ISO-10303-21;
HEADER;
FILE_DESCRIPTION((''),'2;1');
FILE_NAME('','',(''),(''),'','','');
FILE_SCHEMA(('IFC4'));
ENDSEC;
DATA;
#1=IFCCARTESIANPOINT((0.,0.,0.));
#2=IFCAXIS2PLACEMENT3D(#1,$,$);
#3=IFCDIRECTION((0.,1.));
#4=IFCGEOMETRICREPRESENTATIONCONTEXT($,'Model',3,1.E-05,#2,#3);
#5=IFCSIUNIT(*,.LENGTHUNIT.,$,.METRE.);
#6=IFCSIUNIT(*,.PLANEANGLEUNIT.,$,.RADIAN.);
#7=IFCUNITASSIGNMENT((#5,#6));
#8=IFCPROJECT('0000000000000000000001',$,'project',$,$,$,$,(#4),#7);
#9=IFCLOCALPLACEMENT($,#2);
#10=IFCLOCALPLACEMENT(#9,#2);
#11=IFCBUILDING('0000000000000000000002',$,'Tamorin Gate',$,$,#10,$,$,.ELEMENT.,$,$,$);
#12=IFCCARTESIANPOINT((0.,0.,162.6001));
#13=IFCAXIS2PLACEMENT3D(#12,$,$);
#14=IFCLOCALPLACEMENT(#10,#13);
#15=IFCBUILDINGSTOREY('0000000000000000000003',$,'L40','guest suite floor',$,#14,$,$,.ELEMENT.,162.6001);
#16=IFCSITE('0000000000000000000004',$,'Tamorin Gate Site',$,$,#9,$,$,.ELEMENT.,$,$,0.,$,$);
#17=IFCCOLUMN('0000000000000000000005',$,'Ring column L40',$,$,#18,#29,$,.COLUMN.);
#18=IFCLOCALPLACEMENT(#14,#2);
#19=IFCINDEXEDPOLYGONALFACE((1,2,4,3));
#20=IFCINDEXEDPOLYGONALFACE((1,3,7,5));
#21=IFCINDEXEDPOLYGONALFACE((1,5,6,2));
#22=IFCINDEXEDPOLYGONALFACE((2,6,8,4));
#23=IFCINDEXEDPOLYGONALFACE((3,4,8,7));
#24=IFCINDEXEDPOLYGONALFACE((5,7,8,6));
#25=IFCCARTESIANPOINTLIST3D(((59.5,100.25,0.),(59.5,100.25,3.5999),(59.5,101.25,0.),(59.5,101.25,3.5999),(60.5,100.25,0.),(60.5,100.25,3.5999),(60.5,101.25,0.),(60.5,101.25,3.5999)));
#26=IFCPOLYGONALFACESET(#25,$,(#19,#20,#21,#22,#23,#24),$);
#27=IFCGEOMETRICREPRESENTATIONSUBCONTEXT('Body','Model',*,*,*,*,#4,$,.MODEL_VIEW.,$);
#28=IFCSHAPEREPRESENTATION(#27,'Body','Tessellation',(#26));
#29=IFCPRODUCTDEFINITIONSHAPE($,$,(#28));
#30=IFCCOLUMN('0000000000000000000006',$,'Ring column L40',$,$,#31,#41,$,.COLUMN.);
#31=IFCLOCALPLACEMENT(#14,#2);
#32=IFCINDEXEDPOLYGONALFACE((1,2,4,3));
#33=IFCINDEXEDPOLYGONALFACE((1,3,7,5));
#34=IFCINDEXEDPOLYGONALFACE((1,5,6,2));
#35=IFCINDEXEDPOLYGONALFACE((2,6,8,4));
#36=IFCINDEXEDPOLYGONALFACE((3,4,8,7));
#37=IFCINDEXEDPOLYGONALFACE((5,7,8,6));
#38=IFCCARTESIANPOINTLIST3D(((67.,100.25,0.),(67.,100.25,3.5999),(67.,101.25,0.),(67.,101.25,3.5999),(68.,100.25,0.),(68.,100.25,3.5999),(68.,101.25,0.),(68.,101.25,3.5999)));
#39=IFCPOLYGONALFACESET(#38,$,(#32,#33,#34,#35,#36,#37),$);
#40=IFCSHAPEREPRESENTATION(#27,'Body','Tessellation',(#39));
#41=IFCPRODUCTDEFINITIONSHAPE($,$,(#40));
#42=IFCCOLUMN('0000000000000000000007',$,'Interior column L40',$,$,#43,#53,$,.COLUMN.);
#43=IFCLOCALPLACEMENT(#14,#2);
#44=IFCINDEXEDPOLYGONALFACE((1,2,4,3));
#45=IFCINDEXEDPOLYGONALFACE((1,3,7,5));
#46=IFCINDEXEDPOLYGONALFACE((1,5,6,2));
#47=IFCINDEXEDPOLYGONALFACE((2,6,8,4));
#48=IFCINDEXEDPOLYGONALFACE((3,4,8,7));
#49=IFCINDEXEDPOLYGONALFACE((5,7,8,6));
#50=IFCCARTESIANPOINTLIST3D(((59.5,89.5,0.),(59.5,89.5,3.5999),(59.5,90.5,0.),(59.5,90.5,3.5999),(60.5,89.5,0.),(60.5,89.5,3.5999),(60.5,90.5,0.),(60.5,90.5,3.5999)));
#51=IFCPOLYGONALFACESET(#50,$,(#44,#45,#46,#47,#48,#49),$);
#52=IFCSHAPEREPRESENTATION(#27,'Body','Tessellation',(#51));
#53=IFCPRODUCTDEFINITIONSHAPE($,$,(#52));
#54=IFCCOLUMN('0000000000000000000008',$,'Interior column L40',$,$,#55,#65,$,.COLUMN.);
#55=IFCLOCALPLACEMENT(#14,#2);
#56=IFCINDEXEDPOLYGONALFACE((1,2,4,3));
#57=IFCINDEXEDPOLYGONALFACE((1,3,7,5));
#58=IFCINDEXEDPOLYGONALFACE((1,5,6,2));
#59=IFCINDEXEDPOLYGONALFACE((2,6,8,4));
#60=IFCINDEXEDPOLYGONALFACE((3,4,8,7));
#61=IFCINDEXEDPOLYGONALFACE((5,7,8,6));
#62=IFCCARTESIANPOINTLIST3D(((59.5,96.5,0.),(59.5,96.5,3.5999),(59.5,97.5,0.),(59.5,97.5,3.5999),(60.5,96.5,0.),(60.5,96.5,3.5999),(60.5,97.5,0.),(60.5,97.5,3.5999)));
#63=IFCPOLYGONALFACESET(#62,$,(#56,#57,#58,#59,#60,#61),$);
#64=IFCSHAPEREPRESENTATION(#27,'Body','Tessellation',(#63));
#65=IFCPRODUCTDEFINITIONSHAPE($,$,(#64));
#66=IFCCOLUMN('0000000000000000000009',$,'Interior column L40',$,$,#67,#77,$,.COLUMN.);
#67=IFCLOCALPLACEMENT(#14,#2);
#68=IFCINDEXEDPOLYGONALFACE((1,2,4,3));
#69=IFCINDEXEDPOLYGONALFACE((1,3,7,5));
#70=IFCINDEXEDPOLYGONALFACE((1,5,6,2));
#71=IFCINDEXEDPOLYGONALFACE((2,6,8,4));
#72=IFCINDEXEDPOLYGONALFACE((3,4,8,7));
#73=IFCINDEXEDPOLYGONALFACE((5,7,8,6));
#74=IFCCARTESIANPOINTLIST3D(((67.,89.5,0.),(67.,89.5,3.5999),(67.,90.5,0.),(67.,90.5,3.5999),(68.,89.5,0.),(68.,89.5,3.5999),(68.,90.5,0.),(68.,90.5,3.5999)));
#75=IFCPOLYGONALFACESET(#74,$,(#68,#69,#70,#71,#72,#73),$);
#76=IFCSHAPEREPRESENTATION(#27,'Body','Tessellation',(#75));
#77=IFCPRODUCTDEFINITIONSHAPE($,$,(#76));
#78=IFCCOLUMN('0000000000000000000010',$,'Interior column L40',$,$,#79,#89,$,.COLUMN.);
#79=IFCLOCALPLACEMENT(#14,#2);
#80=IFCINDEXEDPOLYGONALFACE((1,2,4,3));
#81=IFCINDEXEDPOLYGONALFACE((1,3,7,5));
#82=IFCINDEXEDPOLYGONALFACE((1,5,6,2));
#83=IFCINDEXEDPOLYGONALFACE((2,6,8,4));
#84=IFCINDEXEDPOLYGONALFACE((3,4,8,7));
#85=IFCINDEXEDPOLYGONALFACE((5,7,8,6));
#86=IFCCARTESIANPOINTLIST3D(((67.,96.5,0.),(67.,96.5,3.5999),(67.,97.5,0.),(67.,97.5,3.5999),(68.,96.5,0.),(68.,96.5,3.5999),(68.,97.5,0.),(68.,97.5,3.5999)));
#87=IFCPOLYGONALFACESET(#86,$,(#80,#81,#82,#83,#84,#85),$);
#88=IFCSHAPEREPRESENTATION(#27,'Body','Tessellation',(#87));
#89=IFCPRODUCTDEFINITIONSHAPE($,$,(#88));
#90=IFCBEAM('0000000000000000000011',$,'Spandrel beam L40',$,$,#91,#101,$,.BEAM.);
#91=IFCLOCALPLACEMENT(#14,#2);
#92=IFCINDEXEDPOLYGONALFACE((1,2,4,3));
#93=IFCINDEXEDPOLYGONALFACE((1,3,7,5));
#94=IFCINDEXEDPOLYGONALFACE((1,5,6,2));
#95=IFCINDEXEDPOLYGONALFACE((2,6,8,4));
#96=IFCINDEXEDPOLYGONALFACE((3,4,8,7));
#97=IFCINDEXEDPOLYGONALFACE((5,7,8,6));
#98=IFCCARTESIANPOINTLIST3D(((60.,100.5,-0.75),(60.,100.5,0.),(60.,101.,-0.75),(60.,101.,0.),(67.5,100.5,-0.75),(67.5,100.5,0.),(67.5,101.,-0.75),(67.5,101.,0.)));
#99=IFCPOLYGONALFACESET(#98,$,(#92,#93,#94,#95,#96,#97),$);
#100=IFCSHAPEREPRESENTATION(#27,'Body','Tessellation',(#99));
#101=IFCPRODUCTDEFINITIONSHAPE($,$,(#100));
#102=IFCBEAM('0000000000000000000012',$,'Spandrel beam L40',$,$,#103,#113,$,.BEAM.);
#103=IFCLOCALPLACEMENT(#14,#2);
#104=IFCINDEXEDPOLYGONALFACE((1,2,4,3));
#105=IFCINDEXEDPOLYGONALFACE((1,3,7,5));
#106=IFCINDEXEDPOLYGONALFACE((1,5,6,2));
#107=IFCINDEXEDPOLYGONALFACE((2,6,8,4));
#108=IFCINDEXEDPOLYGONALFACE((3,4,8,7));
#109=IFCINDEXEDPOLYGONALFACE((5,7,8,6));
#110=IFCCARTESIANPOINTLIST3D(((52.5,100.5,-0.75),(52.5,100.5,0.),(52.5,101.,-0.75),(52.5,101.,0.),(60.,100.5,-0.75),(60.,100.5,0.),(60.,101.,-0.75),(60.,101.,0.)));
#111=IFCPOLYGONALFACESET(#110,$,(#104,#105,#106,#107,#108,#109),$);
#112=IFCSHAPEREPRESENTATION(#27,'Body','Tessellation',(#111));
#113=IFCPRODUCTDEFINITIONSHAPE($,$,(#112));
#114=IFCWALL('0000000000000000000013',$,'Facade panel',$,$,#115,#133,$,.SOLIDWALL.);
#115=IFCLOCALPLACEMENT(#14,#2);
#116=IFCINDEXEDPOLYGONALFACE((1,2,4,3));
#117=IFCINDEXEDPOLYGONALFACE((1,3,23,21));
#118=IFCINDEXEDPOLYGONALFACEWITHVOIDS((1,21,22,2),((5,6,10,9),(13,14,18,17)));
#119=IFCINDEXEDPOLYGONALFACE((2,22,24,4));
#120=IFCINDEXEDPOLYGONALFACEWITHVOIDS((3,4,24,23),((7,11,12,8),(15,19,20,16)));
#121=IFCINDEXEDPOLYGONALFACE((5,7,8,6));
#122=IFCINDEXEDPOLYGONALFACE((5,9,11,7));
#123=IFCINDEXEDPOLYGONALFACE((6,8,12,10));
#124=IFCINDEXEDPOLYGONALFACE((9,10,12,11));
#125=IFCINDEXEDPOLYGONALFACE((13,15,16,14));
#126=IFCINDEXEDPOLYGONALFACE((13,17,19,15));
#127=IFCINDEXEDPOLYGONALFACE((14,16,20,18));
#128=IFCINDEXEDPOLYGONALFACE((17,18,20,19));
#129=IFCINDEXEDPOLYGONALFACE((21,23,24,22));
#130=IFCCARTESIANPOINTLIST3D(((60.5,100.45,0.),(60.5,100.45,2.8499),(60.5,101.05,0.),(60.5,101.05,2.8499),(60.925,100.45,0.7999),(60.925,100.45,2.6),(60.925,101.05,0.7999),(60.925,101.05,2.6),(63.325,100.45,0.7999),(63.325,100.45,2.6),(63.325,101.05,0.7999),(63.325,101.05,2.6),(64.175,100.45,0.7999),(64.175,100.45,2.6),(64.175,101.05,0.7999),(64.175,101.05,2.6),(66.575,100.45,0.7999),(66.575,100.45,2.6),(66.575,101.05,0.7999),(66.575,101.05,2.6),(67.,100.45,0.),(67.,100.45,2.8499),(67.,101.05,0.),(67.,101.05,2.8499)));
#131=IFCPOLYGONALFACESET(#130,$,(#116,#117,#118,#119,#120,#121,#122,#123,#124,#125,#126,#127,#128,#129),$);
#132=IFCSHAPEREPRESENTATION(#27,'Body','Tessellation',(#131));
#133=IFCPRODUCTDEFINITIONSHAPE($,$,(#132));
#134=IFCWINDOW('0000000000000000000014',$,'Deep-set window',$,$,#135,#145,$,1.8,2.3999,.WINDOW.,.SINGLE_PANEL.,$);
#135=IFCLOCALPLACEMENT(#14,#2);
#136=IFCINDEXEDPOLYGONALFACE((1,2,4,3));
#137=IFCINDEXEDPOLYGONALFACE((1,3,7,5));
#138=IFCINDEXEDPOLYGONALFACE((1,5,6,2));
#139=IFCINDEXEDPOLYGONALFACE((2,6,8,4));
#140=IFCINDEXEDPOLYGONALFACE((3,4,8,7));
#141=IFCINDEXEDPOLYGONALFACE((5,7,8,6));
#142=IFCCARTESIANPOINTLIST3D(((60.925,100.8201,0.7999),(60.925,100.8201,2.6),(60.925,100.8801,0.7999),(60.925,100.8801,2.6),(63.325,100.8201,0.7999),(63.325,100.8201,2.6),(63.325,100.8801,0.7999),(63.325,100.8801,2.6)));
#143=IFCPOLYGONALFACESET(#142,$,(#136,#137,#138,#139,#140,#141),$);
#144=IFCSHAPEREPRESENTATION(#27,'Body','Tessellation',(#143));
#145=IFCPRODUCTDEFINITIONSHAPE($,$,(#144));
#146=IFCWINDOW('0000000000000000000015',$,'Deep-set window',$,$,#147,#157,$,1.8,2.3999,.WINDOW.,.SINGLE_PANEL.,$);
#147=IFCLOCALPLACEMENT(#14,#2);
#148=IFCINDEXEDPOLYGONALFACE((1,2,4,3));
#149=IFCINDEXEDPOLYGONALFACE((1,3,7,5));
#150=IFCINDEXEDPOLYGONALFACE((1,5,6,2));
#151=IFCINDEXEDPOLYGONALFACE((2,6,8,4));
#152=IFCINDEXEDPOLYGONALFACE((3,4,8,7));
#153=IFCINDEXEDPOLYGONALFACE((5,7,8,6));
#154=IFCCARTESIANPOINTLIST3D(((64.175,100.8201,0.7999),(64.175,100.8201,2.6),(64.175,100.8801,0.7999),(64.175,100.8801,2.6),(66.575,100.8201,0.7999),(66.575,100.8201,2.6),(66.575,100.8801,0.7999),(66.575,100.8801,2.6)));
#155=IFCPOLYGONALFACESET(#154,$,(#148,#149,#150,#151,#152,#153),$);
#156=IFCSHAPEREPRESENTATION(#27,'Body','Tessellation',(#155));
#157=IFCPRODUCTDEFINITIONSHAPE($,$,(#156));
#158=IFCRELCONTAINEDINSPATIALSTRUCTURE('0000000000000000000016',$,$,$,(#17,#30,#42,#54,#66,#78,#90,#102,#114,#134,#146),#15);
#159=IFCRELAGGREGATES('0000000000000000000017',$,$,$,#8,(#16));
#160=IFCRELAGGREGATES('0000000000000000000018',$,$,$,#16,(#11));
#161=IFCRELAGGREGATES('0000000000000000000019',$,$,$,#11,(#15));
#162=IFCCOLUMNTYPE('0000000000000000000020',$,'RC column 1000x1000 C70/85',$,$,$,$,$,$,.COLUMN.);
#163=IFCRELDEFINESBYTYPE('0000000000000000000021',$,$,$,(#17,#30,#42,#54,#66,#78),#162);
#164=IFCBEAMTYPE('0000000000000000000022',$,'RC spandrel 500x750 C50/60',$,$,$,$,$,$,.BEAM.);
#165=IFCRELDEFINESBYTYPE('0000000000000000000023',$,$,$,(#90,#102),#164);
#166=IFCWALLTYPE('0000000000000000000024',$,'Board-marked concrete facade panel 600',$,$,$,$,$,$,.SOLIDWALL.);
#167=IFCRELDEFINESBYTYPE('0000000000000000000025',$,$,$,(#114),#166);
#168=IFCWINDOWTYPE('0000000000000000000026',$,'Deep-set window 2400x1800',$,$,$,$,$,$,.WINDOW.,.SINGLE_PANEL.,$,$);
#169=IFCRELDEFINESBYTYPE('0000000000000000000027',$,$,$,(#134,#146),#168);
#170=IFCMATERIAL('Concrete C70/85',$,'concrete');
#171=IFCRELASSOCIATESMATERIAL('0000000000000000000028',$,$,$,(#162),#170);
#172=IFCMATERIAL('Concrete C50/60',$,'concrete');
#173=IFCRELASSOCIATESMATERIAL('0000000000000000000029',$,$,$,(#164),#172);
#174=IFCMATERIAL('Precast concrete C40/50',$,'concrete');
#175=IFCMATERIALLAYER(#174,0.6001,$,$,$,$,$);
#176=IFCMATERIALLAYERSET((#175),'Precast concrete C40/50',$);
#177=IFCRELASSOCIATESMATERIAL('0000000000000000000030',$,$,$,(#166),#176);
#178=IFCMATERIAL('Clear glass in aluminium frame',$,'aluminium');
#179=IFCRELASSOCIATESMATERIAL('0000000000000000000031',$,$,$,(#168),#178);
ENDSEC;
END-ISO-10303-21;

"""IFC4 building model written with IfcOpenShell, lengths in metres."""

from ifc_helpers import new_model, si_unit, direction, frame, frame_2d, origin, origin_2d, place, context, subcontext, project, spatial, rectangle, extrude, material, layer, layer_set, material_profile, profile_set, type_object, element, fill, save


model = new_model("IFC4")

# Units and contexts
model_context = context("Model", 3, precision=1e-05, world=origin(), true_north=direction((0.0, 1.0)))
body_context = subcontext(model_context, "Body", "Model", "MODEL_VIEW")
ifc_project = project(units=[si_unit("LENGTHUNIT", "METRE"), si_unit("PLANEANGLEUNIT", "RADIAN")], contexts=[model_context])

# Site, building, storey
site_placement = place(None, origin())
site = spatial("IfcSite", under=ifc_project, at=site_placement, Name="Tamorin Gate Site", CompositionType="ELEMENT", RefElevation=0.0)
building_placement = place(site_placement, origin())
building = spatial("IfcBuilding", under=site, at=building_placement, Name="Tamorin Gate", CompositionType="ELEMENT")
storey_placement = place(building_placement, frame((0.0, 0.0, 162.6001)))
storey = spatial("IfcBuildingStorey", under=building, at=storey_placement, Name="L40", Description="guest suite floor", CompositionType="ELEMENT", Elevation=162.6001)

# Columns
ifc_material_1 = material(Name="Concrete C70/85", Category="concrete")
ifc_material_profile_1 = material_profile(ifc_material_1, rectangle(XDim=1.0, YDim=1.0, at=origin_2d()), Name="RC 1000x1000")
ifc_profile_set_1 = profile_set([ifc_material_profile_1], Name="Concrete C70/85")
column_type = type_object("IfcColumnType", Name="RC column 1000x1000 C70/85", PredefinedType="COLUMN", material=ifc_profile_set_1)
for number, where, z_axis, x_axis, name in (
    (1, (60.0, 100.75, 0.0), (0.0, 0.0, 1.0), (1.0, 0.0, 0.0), "Ring column L40"),
    (2, (67.5, 100.75, 0.0), (0.0, 0.0, 1.0), (1.0, 0.0, 0.0), "Ring column L40"),
    (3, (60.0, 90.0, 0.0), (0.0, 0.0, 1.0), (1.0, 0.0, 0.0), "Interior column L40"),
    (4, (60.0, 97.0, 0.0), (0.0, 0.0, 1.0), (1.0, 0.0, 0.0), "Interior column L40"),
    (5, (67.5, 90.0, 0.0), (0.0, 0.0, 1.0), (1.0, 0.0, 0.0), "Interior column L40"),
    (6, (67.5, 97.0, 0.0), (0.0, 0.0, 1.0), (1.0, 0.0, 0.0), "Interior column L40"),
):
    element("IfcColumn", number, at=place(storey_placement, frame(where, z_axis=z_axis, x_axis=x_axis)), inside=storey, type_object=column_type, Name=name, PredefinedType="COLUMN", context=body_context, shape_type="SweptSolid", body=[
        extrude(rectangle(XDim=1.0, YDim=1.0, at=origin_2d()), origin(), (0.0, 0.0, 1.0), 3.5999),
    ])

# Beams
ifc_material_2 = material(Name="Concrete C50/60", Category="concrete")
ifc_material_profile_2 = material_profile(ifc_material_2, rectangle(XDim=0.5, YDim=0.75, at=origin_2d()), Name="RC 500x750")
ifc_profile_set_2 = profile_set([ifc_material_profile_2], Name="Concrete C50/60")
beam_type = type_object("IfcBeamType", Name="RC spandrel 500x750 C50/60", PredefinedType="BEAM", material=ifc_profile_set_2)
for number, where, z_axis, x_axis, name in (
    (7, (67.5, 100.75, -0.375), (-1.0, 0.0, 0.0), (0.0, -1.0, 0.0), "Spandrel beam L40"),
    (8, (60.0, 100.75, -0.375), (-1.0, 0.0, 0.0), (0.0, -1.0, 0.0), "Spandrel beam L40"),
):
    element("IfcBeam", number, at=place(storey_placement, frame(where, z_axis=z_axis, x_axis=x_axis)), inside=storey, type_object=beam_type, Name=name, PredefinedType="BEAM", context=body_context, shape_type="SweptSolid", body=[
        extrude(rectangle(XDim=0.5, YDim=0.75, at=origin_2d()), origin(), (0.0, 0.0, 1.0), 7.5),
    ])

# Wall, openings, windows
ifc_material_3 = material(Name="Precast concrete C40/50", Category="concrete")
ifc_layer_1 = layer(ifc_material_3, 0.6001)
ifc_layer_set_1 = layer_set([ifc_layer_1], Name="Precast concrete C40/50")
wall_type_1 = type_object("IfcWallType", Name="Board-marked concrete facade panel 600", PredefinedType="SOLIDWALL", material=ifc_layer_set_1)
wall_1_placement = place(storey_placement, frame((67.0, 100.75, 0.0), z_axis=(0.0, 0.0, 1.0), x_axis=(-1.0, 0.0, 0.0)))
wall_1 = element("IfcWall", 9, at=wall_1_placement, inside=storey, type_object=wall_type_1, Name="Facade panel", PredefinedType="SOLIDWALL", context=body_context, shape_type="SweptSolid", body=[
    extrude(rectangle(XDim=6.5, YDim=0.6001, at=frame_2d((3.25, 0.0))), origin(), (0.0, 0.0, 1.0), 2.8499),
])
opening_1_placement = place(wall_1_placement, frame((3.675, 0.0, 0.8)))
opening_1 = element("IfcOpeningElement", 10, at=opening_1_placement, cuts=wall_1, PredefinedType="OPENING", context=body_context, shape_type="SweptSolid", body=[
    extrude(rectangle(XDim=2.3999, YDim=1.8, at=frame_2d((1.2, 0.8999))), frame((0.0, 0.3101, 0.0), z_axis=(0.0, -1.0, 0.0), x_axis=(1.0, 0.0, 0.0)), (0.0, 0.0, 1.0), 0.6201),
])
opening_2_placement = place(wall_1_placement, frame((0.425, 0.0, 0.8)))
opening_2 = element("IfcOpeningElement", 11, at=opening_2_placement, cuts=wall_1, PredefinedType="OPENING", context=body_context, shape_type="SweptSolid", body=[
    extrude(rectangle(XDim=2.3999, YDim=1.8, at=frame_2d((1.2, 0.8999))), frame((0.0, 0.3101, 0.0), z_axis=(0.0, -1.0, 0.0), x_axis=(1.0, 0.0, 0.0)), (0.0, 0.0, 1.0), 0.6201),
])
ifc_material_4 = material(Name="Clear glass in aluminium frame", Category="aluminium")
window_type = type_object("IfcWindowType", Name="Deep-set window 2400x1800", PartitioningType="SINGLE_PANEL", PredefinedType="WINDOW", material=ifc_material_4)
window_1_placement = place(opening_1_placement, origin())
window_1 = element("IfcWindow", 12, at=window_1_placement, inside=storey, type_object=window_type, Name="Deep-set window", OverallHeight=1.8, OverallWidth=2.3999, PartitioningType="SINGLE_PANEL", PredefinedType="WINDOW", context=body_context, shape_type="SweptSolid", body=[
    extrude(rectangle(XDim=2.3999, YDim=1.8, at=frame_2d((1.2, 0.8999))), frame((0.0, -0.0701, 0.0), z_axis=(0.0, -1.0, 0.0), x_axis=(1.0, 0.0, 0.0)), (0.0, 0.0, 1.0), 0.0601),
])
fill(opening_1, window_1)
window_2_placement = place(opening_2_placement, origin())
window_2 = element("IfcWindow", 13, at=window_2_placement, inside=storey, type_object=window_type, Name="Deep-set window", OverallHeight=1.8, OverallWidth=2.3999, PartitioningType="SINGLE_PANEL", PredefinedType="WINDOW", context=body_context, shape_type="SweptSolid", body=[
    extrude(rectangle(XDim=2.3999, YDim=1.8, at=frame_2d((1.2, 0.8999))), frame((0.0, -0.0701, 0.0), z_axis=(0.0, -1.0, 0.0), x_axis=(1.0, 0.0, 0.0)), (0.0, 0.0, 1.0), 0.0601),
])
fill(opening_2, window_2)

save(model, "model.ifc")
